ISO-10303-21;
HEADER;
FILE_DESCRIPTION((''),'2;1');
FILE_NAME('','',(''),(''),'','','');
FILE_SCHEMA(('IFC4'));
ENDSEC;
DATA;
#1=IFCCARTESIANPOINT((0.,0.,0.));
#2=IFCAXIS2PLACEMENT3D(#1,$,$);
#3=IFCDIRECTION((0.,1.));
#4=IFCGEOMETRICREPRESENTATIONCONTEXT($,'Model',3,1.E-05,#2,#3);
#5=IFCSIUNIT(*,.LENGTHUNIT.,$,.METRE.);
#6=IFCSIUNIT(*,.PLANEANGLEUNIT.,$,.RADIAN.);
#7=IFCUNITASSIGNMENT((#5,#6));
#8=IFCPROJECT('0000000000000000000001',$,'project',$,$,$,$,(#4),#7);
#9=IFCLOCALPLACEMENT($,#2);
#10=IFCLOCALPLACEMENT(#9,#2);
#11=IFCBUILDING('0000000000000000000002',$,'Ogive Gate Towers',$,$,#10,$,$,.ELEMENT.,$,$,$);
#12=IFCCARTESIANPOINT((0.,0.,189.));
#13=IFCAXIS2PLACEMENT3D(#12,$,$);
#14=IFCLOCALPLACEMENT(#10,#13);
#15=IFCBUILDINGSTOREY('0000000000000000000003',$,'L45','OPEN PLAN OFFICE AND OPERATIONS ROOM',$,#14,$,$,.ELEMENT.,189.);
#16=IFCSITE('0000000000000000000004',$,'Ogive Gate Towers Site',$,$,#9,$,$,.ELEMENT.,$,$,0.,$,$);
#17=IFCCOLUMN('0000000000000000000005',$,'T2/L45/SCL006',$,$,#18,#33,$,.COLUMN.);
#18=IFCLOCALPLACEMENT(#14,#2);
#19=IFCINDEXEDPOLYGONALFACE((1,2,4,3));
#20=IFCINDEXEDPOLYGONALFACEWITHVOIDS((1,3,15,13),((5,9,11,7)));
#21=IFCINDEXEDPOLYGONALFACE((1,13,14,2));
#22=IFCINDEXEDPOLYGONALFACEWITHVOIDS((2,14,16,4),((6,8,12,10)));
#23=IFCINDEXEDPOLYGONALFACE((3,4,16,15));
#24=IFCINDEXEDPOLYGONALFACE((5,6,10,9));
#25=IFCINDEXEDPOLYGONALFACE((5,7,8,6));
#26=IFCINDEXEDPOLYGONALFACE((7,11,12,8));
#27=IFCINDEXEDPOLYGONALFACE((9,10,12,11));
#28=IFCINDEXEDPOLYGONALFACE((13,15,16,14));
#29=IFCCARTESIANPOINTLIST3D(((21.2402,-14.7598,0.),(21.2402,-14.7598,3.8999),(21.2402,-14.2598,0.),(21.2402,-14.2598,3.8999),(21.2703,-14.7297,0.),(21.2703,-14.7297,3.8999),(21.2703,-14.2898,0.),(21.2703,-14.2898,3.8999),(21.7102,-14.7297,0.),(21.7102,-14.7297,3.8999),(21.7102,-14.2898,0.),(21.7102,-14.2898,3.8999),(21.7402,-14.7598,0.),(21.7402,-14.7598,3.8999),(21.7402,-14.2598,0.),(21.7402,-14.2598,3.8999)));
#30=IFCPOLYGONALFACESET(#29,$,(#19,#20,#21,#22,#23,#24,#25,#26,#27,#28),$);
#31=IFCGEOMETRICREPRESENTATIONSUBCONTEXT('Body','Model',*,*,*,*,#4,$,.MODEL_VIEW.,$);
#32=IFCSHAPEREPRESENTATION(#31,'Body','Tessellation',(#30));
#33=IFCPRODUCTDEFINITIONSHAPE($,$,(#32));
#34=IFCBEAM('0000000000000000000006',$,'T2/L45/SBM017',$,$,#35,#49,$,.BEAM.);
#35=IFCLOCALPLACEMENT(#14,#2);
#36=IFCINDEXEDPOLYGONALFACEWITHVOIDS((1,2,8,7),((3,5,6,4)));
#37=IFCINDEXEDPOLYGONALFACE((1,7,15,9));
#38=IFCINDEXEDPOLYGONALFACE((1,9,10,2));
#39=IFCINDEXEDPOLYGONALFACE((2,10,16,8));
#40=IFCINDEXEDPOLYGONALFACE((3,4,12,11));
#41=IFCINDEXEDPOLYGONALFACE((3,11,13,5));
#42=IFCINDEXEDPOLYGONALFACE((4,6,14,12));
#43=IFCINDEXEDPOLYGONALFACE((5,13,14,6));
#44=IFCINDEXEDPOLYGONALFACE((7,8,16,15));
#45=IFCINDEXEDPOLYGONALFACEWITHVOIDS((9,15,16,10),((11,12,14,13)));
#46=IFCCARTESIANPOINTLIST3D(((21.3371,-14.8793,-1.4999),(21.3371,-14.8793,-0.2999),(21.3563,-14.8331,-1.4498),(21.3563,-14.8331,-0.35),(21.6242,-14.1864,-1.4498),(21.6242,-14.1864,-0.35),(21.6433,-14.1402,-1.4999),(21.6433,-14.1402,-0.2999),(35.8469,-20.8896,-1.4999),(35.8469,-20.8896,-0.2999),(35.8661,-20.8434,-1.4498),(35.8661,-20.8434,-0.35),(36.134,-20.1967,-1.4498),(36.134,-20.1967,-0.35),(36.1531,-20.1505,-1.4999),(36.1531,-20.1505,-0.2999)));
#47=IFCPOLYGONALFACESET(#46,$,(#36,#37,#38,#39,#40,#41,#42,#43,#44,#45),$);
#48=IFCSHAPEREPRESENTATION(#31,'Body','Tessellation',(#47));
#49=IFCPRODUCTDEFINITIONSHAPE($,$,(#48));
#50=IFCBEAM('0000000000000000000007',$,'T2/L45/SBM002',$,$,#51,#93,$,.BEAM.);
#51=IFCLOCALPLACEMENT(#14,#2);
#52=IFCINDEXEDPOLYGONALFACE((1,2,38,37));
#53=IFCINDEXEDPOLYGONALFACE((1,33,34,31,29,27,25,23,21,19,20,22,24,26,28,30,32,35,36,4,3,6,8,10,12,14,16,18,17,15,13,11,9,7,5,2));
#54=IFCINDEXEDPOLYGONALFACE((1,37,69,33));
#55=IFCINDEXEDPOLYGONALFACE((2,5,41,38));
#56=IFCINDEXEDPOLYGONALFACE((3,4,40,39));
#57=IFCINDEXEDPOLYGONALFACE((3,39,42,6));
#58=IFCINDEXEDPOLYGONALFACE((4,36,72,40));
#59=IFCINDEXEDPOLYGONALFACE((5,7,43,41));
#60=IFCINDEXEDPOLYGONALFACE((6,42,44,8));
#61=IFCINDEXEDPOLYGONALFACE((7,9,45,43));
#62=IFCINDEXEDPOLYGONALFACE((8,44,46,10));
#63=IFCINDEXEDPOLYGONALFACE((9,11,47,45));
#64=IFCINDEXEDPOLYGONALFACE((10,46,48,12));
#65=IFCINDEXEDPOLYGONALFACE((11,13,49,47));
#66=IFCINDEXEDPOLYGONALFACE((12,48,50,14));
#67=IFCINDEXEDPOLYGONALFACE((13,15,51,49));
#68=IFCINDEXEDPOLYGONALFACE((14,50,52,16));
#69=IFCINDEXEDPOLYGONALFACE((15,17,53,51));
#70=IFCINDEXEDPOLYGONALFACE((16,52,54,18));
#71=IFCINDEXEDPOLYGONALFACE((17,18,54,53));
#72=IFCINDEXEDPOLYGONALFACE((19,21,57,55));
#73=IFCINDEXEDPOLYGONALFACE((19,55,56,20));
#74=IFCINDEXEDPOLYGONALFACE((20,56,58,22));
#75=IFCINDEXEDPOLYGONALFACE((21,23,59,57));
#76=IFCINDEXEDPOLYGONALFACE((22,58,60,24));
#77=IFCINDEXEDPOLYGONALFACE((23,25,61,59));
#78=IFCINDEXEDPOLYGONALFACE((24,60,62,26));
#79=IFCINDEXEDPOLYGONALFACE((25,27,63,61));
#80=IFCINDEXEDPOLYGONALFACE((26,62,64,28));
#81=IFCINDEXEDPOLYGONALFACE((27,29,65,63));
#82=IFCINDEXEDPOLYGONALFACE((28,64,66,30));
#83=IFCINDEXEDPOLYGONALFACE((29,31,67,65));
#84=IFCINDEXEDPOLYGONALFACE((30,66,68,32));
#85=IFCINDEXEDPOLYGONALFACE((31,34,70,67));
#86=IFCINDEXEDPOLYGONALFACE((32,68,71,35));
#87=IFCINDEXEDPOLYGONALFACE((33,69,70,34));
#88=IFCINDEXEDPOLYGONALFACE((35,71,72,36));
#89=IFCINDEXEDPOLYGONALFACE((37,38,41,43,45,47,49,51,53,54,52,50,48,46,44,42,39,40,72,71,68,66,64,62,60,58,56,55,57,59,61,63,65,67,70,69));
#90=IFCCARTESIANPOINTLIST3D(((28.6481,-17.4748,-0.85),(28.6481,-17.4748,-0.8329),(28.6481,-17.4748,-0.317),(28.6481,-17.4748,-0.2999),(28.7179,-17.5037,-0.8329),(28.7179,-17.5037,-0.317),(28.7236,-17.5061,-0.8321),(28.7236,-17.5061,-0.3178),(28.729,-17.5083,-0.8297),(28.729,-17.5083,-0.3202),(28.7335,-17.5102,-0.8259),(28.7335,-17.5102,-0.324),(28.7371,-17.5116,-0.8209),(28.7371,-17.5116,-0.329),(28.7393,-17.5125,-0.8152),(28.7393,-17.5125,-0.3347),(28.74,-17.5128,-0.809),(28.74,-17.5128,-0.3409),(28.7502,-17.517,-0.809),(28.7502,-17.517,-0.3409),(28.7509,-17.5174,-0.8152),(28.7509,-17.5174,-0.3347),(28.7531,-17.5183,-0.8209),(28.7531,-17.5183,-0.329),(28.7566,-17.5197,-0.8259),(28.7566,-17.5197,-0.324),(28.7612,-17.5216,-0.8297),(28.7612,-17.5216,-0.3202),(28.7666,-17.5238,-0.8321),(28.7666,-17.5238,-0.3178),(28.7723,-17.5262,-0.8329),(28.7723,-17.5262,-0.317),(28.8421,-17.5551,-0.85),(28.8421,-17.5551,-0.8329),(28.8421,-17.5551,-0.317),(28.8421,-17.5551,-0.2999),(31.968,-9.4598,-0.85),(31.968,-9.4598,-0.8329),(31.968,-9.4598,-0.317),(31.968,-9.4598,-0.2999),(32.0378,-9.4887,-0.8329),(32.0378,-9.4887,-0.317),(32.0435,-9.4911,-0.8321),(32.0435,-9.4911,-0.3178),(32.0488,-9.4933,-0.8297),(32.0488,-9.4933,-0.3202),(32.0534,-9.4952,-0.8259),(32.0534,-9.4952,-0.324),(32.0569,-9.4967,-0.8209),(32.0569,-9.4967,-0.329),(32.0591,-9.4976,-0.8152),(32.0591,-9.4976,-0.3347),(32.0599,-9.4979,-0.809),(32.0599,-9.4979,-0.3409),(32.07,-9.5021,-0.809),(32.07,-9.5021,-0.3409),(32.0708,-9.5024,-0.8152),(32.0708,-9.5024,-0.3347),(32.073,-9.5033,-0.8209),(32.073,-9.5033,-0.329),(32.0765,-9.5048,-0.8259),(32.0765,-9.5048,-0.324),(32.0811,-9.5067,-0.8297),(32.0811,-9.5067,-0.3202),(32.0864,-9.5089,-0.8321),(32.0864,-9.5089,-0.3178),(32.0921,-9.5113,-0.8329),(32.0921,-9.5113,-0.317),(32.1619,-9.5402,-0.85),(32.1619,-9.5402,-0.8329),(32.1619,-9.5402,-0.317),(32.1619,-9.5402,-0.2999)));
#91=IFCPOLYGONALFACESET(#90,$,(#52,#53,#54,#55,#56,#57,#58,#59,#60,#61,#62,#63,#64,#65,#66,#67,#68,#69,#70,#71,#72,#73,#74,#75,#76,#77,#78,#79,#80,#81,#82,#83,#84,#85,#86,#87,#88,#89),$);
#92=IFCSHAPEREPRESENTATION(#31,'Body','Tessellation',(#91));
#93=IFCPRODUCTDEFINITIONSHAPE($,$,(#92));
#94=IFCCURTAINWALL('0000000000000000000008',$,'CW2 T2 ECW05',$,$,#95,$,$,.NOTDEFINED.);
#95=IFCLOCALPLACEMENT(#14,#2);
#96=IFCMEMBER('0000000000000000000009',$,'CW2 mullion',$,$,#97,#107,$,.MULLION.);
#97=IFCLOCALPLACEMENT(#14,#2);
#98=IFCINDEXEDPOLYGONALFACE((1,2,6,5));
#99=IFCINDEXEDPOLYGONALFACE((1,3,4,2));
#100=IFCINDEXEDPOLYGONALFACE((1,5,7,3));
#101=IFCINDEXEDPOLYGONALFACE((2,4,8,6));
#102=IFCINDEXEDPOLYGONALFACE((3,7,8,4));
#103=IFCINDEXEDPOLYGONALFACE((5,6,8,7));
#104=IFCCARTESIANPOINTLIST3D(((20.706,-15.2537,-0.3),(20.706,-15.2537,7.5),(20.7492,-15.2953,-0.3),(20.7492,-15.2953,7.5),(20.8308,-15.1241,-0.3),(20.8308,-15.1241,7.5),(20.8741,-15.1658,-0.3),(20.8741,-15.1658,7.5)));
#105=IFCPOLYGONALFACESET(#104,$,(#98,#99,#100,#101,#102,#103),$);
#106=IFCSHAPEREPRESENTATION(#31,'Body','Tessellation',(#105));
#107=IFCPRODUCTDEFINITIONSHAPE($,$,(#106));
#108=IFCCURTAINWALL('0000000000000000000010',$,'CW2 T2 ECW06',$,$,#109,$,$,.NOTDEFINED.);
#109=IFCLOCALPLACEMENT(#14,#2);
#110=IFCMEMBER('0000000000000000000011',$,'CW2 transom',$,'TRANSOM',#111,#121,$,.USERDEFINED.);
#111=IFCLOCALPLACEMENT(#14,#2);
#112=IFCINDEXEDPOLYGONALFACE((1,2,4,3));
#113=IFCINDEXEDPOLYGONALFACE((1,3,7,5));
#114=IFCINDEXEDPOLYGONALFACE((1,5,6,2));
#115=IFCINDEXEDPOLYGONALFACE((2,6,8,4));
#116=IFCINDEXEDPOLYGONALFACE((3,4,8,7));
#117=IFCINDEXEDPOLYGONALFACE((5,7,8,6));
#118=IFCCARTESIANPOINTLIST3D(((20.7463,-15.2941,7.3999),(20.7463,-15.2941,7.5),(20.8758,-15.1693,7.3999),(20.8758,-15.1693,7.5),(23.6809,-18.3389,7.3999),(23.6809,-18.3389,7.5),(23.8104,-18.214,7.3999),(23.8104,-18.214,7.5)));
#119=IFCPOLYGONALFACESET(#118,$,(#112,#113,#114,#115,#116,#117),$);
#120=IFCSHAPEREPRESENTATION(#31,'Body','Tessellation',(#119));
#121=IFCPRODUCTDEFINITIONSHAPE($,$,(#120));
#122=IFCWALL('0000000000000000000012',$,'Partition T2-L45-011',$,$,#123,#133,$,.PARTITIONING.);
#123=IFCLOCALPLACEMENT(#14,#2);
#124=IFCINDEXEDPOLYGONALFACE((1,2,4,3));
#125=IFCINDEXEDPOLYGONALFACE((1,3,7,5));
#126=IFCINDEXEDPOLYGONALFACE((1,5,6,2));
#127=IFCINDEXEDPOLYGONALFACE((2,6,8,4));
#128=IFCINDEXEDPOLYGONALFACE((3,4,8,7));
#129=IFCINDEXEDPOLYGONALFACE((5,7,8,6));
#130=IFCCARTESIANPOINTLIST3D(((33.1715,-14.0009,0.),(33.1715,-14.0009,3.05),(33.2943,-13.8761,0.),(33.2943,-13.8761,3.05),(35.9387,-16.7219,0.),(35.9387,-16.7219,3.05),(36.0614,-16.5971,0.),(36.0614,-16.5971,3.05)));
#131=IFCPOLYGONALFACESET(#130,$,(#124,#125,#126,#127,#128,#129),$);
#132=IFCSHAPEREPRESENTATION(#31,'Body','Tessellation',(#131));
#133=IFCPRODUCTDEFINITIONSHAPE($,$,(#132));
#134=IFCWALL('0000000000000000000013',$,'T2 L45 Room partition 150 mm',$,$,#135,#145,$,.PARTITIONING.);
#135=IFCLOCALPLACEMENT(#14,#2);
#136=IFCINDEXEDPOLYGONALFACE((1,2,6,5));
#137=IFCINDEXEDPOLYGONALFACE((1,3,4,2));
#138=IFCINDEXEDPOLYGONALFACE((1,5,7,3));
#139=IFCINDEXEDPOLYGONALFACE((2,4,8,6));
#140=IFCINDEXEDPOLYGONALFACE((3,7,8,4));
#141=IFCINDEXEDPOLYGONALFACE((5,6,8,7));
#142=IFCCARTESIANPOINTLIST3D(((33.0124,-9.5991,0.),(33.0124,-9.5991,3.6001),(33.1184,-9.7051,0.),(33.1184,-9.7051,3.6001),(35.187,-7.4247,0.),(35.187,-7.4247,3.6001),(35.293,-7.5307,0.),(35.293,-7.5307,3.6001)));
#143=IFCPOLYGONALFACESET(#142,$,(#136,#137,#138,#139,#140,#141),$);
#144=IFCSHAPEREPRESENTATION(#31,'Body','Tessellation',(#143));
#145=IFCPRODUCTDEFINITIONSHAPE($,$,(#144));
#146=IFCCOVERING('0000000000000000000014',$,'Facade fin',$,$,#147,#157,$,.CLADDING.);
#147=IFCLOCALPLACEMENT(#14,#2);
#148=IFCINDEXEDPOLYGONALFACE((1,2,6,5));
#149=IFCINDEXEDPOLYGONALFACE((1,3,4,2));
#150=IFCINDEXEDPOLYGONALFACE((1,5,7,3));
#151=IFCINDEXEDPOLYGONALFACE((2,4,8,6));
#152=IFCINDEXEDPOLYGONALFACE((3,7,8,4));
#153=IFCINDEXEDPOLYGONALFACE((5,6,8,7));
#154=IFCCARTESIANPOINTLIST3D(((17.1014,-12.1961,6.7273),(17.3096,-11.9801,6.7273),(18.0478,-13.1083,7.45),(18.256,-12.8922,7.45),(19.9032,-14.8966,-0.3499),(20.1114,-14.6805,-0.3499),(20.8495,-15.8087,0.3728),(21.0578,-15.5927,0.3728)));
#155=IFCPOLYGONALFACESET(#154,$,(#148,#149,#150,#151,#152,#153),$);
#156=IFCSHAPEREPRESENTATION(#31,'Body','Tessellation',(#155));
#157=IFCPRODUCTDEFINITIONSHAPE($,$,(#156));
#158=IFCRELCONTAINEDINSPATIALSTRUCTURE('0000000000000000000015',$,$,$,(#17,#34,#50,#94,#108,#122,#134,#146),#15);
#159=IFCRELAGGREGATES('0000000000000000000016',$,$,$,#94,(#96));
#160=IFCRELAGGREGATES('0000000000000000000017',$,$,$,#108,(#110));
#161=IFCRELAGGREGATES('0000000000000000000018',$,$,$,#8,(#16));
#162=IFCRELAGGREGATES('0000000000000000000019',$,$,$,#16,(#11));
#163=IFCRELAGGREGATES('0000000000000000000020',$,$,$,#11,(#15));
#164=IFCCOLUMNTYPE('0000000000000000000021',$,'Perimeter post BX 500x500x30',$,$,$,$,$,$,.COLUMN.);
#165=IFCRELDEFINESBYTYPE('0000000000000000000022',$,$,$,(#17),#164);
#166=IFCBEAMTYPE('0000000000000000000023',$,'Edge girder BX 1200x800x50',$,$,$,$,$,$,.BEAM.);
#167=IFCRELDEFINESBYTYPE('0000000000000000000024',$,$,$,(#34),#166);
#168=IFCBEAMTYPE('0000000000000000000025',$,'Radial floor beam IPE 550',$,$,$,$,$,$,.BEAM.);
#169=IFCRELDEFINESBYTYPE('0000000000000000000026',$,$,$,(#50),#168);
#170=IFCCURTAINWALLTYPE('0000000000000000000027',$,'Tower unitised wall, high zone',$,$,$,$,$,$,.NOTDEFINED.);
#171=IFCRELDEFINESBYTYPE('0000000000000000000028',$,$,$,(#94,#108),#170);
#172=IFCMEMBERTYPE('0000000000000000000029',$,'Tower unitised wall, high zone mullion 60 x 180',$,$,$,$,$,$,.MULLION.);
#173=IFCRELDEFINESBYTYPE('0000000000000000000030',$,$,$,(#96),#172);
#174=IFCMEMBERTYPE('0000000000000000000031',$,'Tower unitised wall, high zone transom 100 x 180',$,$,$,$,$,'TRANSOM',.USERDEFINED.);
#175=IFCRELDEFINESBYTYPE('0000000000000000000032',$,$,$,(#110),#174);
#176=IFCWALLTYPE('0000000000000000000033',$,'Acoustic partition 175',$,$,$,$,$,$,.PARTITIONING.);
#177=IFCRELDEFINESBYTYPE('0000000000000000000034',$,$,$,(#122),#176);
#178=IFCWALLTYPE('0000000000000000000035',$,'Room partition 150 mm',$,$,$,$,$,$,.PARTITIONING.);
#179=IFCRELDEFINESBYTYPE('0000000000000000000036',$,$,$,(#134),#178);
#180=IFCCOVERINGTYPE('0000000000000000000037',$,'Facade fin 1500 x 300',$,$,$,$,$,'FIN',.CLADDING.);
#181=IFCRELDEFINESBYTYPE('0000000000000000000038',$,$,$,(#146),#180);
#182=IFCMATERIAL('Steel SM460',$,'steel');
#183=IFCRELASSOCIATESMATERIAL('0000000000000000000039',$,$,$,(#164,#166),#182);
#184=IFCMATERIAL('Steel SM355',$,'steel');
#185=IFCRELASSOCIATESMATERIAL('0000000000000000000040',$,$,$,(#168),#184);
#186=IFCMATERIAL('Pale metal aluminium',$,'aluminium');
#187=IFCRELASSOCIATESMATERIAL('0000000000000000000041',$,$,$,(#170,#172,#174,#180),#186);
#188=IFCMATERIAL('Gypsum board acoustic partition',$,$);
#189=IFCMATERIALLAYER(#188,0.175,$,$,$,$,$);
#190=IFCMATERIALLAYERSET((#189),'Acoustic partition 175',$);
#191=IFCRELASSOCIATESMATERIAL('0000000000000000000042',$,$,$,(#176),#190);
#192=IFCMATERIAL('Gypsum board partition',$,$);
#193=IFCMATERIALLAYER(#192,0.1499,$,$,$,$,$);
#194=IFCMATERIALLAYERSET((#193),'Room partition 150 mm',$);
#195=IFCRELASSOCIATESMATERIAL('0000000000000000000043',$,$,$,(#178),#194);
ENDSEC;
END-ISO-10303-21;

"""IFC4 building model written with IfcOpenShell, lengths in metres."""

from ifc_helpers import new_model, si_unit, direction, frame, frame_2d, origin, origin_2d, place, context, subcontext, project, spatial, rectangle, hollow_rectangle, i_section, extrude, material, layer, layer_set, material_profile, profile_set, type_object, element, aggregate, save


model = new_model("IFC4")

# Units and contexts
model_context = context("Model", 3, precision=1e-05, world=origin(), true_north=direction((0.0, 1.0)))
body_context = subcontext(model_context, "Body", "Model", "MODEL_VIEW")
ifc_project = project(units=[si_unit("LENGTHUNIT", "METRE"), si_unit("PLANEANGLEUNIT", "RADIAN")], contexts=[model_context])

# Site, building, storey
site_placement = place(None, origin())
site = spatial("IfcSite", under=ifc_project, at=site_placement, Name="Ogive Gate Towers Site", CompositionType="ELEMENT", RefElevation=0.0)
building_placement = place(site_placement, origin())
building = spatial("IfcBuilding", under=site, at=building_placement, Name="Ogive Gate Towers", CompositionType="ELEMENT")
storey_placement = place(building_placement, frame((0.0, 0.0, 189.0)))
storey = spatial("IfcBuildingStorey", under=building, at=storey_placement, Name="L45", Description="OPEN PLAN OFFICE AND OPERATIONS ROOM", CompositionType="ELEMENT", Elevation=189.0)

# Column
ifc_material_1 = material(Name="Steel SM460", Category="steel")
ifc_material_profile_1 = material_profile(ifc_material_1, hollow_rectangle(XDim=0.5, YDim=0.5, WallThickness=0.03, at=origin_2d()), Name="BX 500x500x30")
ifc_profile_set_1 = profile_set([ifc_material_profile_1], Name="Steel SM460")
column_type = type_object("IfcColumnType", Name="Perimeter post BX 500x500x30", PredefinedType="COLUMN", material=ifc_profile_set_1)
column_placement = place(storey_placement, frame((21.4902, -14.5098, 0.0), z_axis=(0.0, 0.0, 1.0), x_axis=(1.0, 0.0, 0.0)))
element("IfcColumn", 1, at=column_placement, inside=storey, type_object=column_type, Name="T2/L45/SCL006", PredefinedType="COLUMN", context=body_context, shape_type="SweptSolid", body=[
    extrude(hollow_rectangle(XDim=0.5, YDim=0.5, WallThickness=0.03, at=origin_2d()), origin(), (0.0, 0.0, 1.0), 3.8999),
])

# Beams
ifc_material_profile_2 = material_profile(ifc_material_1, hollow_rectangle(XDim=0.8, YDim=1.2, WallThickness=0.05, at=origin_2d()), Name="BX 1200x800x50")
ifc_profile_set_2 = profile_set([ifc_material_profile_2], Name="Steel SM460")
beam_type_1 = type_object("IfcBeamType", Name="Edge girder BX 1200x800x50", PredefinedType="BEAM", material=ifc_profile_set_2)
beam_1_placement = place(storey_placement, frame((21.4902, -14.5098, -0.8999), z_axis=(0.923877, -0.38269, 0.0), x_axis=(0.38269, 0.923877, 0.0)))
element("IfcBeam", 2, at=beam_1_placement, inside=storey, type_object=beam_type_1, Name="T2/L45/SBM017", PredefinedType="BEAM", context=body_context, shape_type="SweptSolid", body=[
    extrude(hollow_rectangle(XDim=0.8, YDim=1.2, WallThickness=0.05, at=origin_2d()), origin(), (0.0, 0.0, 1.0), 15.7053),
])
ifc_material_2 = material(Name="Steel SM355", Category="steel")
ifc_material_profile_3 = material_profile(ifc_material_2, i_section(OverallWidth=0.21, OverallDepth=0.55, WebThickness=0.011, FlangeThickness=0.0171, FilletRadius=0.0239, at=origin_2d()), Name="IPE 550")
ifc_profile_set_3 = profile_set([ifc_material_profile_3], Name="Steel SM355")
beam_type_2 = type_object("IfcBeamType", Name="Radial floor beam IPE 550", PredefinedType="BEAM", material=ifc_profile_set_3)
beam_2_placement = place(storey_placement, frame((32.0649, -9.5, -0.575), z_axis=(-0.382678, -0.923882, 0.0), x_axis=(0.923882, -0.382678, 0.0)))
element("IfcBeam", 3, at=beam_2_placement, inside=storey, type_object=beam_type_2, Name="T2/L45/SBM002", PredefinedType="BEAM", context=body_context, shape_type="SweptSolid", body=[
    extrude(i_section(OverallWidth=0.21, OverallDepth=0.55, WebThickness=0.011, FlangeThickness=0.0171, FilletRadius=0.0239, at=origin_2d()), origin(), (0.0, 0.0, 1.0), 8.6753),
])

# Curtain walls, members
ifc_material_3 = material(Name="Pale metal aluminium", Category="aluminium")
curtain_wall_type = type_object("IfcCurtainWallType", Name="Tower unitised wall, high zone", PredefinedType="NOTDEFINED", material=ifc_material_3)
curtain_wall_1_placement = place(storey_placement, origin())
curtain_wall_1 = element("IfcCurtainWall", 4, at=curtain_wall_1_placement, inside=storey, type_object=curtain_wall_type, Name="CW2 T2 ECW05", PredefinedType="NOTDEFINED")
ifc_material_profile_4 = material_profile(ifc_material_3, rectangle(XDim=0.1799, YDim=0.0601, at=origin_2d()), Name="60 x 180 aluminium box")
ifc_profile_set_4 = profile_set([ifc_material_profile_4], Name="Pale metal aluminium")
member_type_1 = type_object("IfcMemberType", Name="Tower unitised wall, high zone mullion 60 x 180", PredefinedType="MULLION", material=ifc_profile_set_4)
member_1_placement = place(storey_placement, frame((20.79, -15.2097, -0.3), z_axis=(0.0, 0.0, 1.0), x_axis=(-0.693942, -0.720031, 0.0)))
member_1 = element("IfcMember", 5, at=member_1_placement, type_object=member_type_1, Name="CW2 mullion", PredefinedType="MULLION", context=body_context, shape_type="SweptSolid", body=[
    extrude(rectangle(XDim=0.1799, YDim=0.0601, at=origin_2d()), origin(), (0.0, 0.0, 1.0), 7.8),
])
aggregate(curtain_wall_1, [member_1])
curtain_wall_2_placement = place(storey_placement, origin())
curtain_wall_2 = element("IfcCurtainWall", 6, at=curtain_wall_2_placement, inside=storey, type_object=curtain_wall_type, Name="CW2 T2 ECW06", PredefinedType="NOTDEFINED")
ifc_material_profile_5 = material_profile(ifc_material_3, rectangle(XDim=0.1799, YDim=0.1001, at=origin_2d()), Name="100 x 180 aluminium box")
ifc_profile_set_5 = profile_set([ifc_material_profile_5], Name="Pale metal aluminium")
member_type_2 = type_object("IfcMemberType", Name="Tower unitised wall, high zone transom 100 x 180", ElementType="TRANSOM", PredefinedType="USERDEFINED", material=ifc_profile_set_5)
member_2_placement = place(storey_placement, frame((20.811, -15.2317, 7.45), z_axis=(0.693968, -0.720006, 0.0), x_axis=(0.720006, 0.693968, 0.0)))
member_2 = element("IfcMember", 7, at=member_2_placement, type_object=member_type_2, Name="CW2 transom", ObjectType="TRANSOM", PredefinedType="USERDEFINED", context=body_context, shape_type="SweptSolid", body=[
    extrude(rectangle(XDim=0.1799, YDim=0.1001, at=origin_2d()), origin(), (0.0, 0.0, 1.0), 4.2288),
])
aggregate(curtain_wall_2, [member_2])

# Walls
ifc_material_4 = material(Name="Gypsum board acoustic partition")
ifc_layer_1 = layer(ifc_material_4, 0.175)
ifc_layer_set_1 = layer_set([ifc_layer_1], Name="Acoustic partition 175")
wall_type_1 = type_object("IfcWallType", Name="Acoustic partition 175", PredefinedType="PARTITIONING", material=ifc_layer_set_1)
wall_1_placement = place(storey_placement, frame((33.2329, -13.9385, 0.0), z_axis=(0.0, 0.0, 1.0), x_axis=(0.713027, -0.701137, 0.0)))
element("IfcWall", 8, at=wall_1_placement, inside=storey, type_object=wall_type_1, Name="Partition T2-L45-011", PredefinedType="PARTITIONING", context=body_context, shape_type="SweptSolid", body=[
    extrude(rectangle(XDim=3.8809, YDim=0.175, at=frame_2d((1.9404, 0.0))), origin(), (0.0, 0.0, 1.0), 3.05),
])
ifc_material_5 = material(Name="Gypsum board partition")
ifc_layer_2 = layer(ifc_material_5, 0.1499)
ifc_layer_set_2 = layer_set([ifc_layer_2], Name="Room partition 150 mm")
wall_type_2 = type_object("IfcWallType", Name="Room partition 150 mm", PredefinedType="PARTITIONING", material=ifc_layer_set_2)
wall_2_placement = place(storey_placement, frame((33.0654, -9.6521, 0.0), z_axis=(0.0, 0.0, 1.0), x_axis=(0.707146, 0.707067, 0.0)))
element("IfcWall", 9, at=wall_2_placement, inside=storey, type_object=wall_type_2, Name="T2 L45 Room partition 150 mm", PredefinedType="PARTITIONING", context=body_context, shape_type="SweptSolid", body=[
    extrude(rectangle(XDim=3.0752, YDim=0.1499, at=frame_2d((1.5376, 0.0))), origin(), (0.0, 0.0, 1.0), 3.6001),
])

# Covering
ifc_material_profile_6 = material_profile(ifc_material_3, rectangle(XDim=0.3, YDim=1.5, at=origin_2d()), Name="1500 x 300 pale metal aluminium")
ifc_profile_set_6 = profile_set([ifc_material_profile_6], Name="Pale metal aluminium")
covering_type = type_object("IfcCoveringType", Name="Facade fin 1500 x 300", ElementType="FIN", PredefinedType="CLADDING", material=ifc_profile_set_6)
covering_placement = place(storey_placement, frame((20.4805, -15.2446, 0.0115), z_axis=(-0.346907, 0.334362, 0.876275), x_axis=(-0.693968, -0.720006, 0.0)))
element("IfcCovering", 10, at=covering_placement, inside=storey, type_object=covering_type, Name="Facade fin", PredefinedType="CLADDING", context=body_context, shape_type="SweptSolid", body=[
    extrude(rectangle(XDim=0.3, YDim=1.5, at=origin_2d()), origin(), (0.0, 0.0, 1.0), 8.0764),
])

save(model, "model.ifc")
